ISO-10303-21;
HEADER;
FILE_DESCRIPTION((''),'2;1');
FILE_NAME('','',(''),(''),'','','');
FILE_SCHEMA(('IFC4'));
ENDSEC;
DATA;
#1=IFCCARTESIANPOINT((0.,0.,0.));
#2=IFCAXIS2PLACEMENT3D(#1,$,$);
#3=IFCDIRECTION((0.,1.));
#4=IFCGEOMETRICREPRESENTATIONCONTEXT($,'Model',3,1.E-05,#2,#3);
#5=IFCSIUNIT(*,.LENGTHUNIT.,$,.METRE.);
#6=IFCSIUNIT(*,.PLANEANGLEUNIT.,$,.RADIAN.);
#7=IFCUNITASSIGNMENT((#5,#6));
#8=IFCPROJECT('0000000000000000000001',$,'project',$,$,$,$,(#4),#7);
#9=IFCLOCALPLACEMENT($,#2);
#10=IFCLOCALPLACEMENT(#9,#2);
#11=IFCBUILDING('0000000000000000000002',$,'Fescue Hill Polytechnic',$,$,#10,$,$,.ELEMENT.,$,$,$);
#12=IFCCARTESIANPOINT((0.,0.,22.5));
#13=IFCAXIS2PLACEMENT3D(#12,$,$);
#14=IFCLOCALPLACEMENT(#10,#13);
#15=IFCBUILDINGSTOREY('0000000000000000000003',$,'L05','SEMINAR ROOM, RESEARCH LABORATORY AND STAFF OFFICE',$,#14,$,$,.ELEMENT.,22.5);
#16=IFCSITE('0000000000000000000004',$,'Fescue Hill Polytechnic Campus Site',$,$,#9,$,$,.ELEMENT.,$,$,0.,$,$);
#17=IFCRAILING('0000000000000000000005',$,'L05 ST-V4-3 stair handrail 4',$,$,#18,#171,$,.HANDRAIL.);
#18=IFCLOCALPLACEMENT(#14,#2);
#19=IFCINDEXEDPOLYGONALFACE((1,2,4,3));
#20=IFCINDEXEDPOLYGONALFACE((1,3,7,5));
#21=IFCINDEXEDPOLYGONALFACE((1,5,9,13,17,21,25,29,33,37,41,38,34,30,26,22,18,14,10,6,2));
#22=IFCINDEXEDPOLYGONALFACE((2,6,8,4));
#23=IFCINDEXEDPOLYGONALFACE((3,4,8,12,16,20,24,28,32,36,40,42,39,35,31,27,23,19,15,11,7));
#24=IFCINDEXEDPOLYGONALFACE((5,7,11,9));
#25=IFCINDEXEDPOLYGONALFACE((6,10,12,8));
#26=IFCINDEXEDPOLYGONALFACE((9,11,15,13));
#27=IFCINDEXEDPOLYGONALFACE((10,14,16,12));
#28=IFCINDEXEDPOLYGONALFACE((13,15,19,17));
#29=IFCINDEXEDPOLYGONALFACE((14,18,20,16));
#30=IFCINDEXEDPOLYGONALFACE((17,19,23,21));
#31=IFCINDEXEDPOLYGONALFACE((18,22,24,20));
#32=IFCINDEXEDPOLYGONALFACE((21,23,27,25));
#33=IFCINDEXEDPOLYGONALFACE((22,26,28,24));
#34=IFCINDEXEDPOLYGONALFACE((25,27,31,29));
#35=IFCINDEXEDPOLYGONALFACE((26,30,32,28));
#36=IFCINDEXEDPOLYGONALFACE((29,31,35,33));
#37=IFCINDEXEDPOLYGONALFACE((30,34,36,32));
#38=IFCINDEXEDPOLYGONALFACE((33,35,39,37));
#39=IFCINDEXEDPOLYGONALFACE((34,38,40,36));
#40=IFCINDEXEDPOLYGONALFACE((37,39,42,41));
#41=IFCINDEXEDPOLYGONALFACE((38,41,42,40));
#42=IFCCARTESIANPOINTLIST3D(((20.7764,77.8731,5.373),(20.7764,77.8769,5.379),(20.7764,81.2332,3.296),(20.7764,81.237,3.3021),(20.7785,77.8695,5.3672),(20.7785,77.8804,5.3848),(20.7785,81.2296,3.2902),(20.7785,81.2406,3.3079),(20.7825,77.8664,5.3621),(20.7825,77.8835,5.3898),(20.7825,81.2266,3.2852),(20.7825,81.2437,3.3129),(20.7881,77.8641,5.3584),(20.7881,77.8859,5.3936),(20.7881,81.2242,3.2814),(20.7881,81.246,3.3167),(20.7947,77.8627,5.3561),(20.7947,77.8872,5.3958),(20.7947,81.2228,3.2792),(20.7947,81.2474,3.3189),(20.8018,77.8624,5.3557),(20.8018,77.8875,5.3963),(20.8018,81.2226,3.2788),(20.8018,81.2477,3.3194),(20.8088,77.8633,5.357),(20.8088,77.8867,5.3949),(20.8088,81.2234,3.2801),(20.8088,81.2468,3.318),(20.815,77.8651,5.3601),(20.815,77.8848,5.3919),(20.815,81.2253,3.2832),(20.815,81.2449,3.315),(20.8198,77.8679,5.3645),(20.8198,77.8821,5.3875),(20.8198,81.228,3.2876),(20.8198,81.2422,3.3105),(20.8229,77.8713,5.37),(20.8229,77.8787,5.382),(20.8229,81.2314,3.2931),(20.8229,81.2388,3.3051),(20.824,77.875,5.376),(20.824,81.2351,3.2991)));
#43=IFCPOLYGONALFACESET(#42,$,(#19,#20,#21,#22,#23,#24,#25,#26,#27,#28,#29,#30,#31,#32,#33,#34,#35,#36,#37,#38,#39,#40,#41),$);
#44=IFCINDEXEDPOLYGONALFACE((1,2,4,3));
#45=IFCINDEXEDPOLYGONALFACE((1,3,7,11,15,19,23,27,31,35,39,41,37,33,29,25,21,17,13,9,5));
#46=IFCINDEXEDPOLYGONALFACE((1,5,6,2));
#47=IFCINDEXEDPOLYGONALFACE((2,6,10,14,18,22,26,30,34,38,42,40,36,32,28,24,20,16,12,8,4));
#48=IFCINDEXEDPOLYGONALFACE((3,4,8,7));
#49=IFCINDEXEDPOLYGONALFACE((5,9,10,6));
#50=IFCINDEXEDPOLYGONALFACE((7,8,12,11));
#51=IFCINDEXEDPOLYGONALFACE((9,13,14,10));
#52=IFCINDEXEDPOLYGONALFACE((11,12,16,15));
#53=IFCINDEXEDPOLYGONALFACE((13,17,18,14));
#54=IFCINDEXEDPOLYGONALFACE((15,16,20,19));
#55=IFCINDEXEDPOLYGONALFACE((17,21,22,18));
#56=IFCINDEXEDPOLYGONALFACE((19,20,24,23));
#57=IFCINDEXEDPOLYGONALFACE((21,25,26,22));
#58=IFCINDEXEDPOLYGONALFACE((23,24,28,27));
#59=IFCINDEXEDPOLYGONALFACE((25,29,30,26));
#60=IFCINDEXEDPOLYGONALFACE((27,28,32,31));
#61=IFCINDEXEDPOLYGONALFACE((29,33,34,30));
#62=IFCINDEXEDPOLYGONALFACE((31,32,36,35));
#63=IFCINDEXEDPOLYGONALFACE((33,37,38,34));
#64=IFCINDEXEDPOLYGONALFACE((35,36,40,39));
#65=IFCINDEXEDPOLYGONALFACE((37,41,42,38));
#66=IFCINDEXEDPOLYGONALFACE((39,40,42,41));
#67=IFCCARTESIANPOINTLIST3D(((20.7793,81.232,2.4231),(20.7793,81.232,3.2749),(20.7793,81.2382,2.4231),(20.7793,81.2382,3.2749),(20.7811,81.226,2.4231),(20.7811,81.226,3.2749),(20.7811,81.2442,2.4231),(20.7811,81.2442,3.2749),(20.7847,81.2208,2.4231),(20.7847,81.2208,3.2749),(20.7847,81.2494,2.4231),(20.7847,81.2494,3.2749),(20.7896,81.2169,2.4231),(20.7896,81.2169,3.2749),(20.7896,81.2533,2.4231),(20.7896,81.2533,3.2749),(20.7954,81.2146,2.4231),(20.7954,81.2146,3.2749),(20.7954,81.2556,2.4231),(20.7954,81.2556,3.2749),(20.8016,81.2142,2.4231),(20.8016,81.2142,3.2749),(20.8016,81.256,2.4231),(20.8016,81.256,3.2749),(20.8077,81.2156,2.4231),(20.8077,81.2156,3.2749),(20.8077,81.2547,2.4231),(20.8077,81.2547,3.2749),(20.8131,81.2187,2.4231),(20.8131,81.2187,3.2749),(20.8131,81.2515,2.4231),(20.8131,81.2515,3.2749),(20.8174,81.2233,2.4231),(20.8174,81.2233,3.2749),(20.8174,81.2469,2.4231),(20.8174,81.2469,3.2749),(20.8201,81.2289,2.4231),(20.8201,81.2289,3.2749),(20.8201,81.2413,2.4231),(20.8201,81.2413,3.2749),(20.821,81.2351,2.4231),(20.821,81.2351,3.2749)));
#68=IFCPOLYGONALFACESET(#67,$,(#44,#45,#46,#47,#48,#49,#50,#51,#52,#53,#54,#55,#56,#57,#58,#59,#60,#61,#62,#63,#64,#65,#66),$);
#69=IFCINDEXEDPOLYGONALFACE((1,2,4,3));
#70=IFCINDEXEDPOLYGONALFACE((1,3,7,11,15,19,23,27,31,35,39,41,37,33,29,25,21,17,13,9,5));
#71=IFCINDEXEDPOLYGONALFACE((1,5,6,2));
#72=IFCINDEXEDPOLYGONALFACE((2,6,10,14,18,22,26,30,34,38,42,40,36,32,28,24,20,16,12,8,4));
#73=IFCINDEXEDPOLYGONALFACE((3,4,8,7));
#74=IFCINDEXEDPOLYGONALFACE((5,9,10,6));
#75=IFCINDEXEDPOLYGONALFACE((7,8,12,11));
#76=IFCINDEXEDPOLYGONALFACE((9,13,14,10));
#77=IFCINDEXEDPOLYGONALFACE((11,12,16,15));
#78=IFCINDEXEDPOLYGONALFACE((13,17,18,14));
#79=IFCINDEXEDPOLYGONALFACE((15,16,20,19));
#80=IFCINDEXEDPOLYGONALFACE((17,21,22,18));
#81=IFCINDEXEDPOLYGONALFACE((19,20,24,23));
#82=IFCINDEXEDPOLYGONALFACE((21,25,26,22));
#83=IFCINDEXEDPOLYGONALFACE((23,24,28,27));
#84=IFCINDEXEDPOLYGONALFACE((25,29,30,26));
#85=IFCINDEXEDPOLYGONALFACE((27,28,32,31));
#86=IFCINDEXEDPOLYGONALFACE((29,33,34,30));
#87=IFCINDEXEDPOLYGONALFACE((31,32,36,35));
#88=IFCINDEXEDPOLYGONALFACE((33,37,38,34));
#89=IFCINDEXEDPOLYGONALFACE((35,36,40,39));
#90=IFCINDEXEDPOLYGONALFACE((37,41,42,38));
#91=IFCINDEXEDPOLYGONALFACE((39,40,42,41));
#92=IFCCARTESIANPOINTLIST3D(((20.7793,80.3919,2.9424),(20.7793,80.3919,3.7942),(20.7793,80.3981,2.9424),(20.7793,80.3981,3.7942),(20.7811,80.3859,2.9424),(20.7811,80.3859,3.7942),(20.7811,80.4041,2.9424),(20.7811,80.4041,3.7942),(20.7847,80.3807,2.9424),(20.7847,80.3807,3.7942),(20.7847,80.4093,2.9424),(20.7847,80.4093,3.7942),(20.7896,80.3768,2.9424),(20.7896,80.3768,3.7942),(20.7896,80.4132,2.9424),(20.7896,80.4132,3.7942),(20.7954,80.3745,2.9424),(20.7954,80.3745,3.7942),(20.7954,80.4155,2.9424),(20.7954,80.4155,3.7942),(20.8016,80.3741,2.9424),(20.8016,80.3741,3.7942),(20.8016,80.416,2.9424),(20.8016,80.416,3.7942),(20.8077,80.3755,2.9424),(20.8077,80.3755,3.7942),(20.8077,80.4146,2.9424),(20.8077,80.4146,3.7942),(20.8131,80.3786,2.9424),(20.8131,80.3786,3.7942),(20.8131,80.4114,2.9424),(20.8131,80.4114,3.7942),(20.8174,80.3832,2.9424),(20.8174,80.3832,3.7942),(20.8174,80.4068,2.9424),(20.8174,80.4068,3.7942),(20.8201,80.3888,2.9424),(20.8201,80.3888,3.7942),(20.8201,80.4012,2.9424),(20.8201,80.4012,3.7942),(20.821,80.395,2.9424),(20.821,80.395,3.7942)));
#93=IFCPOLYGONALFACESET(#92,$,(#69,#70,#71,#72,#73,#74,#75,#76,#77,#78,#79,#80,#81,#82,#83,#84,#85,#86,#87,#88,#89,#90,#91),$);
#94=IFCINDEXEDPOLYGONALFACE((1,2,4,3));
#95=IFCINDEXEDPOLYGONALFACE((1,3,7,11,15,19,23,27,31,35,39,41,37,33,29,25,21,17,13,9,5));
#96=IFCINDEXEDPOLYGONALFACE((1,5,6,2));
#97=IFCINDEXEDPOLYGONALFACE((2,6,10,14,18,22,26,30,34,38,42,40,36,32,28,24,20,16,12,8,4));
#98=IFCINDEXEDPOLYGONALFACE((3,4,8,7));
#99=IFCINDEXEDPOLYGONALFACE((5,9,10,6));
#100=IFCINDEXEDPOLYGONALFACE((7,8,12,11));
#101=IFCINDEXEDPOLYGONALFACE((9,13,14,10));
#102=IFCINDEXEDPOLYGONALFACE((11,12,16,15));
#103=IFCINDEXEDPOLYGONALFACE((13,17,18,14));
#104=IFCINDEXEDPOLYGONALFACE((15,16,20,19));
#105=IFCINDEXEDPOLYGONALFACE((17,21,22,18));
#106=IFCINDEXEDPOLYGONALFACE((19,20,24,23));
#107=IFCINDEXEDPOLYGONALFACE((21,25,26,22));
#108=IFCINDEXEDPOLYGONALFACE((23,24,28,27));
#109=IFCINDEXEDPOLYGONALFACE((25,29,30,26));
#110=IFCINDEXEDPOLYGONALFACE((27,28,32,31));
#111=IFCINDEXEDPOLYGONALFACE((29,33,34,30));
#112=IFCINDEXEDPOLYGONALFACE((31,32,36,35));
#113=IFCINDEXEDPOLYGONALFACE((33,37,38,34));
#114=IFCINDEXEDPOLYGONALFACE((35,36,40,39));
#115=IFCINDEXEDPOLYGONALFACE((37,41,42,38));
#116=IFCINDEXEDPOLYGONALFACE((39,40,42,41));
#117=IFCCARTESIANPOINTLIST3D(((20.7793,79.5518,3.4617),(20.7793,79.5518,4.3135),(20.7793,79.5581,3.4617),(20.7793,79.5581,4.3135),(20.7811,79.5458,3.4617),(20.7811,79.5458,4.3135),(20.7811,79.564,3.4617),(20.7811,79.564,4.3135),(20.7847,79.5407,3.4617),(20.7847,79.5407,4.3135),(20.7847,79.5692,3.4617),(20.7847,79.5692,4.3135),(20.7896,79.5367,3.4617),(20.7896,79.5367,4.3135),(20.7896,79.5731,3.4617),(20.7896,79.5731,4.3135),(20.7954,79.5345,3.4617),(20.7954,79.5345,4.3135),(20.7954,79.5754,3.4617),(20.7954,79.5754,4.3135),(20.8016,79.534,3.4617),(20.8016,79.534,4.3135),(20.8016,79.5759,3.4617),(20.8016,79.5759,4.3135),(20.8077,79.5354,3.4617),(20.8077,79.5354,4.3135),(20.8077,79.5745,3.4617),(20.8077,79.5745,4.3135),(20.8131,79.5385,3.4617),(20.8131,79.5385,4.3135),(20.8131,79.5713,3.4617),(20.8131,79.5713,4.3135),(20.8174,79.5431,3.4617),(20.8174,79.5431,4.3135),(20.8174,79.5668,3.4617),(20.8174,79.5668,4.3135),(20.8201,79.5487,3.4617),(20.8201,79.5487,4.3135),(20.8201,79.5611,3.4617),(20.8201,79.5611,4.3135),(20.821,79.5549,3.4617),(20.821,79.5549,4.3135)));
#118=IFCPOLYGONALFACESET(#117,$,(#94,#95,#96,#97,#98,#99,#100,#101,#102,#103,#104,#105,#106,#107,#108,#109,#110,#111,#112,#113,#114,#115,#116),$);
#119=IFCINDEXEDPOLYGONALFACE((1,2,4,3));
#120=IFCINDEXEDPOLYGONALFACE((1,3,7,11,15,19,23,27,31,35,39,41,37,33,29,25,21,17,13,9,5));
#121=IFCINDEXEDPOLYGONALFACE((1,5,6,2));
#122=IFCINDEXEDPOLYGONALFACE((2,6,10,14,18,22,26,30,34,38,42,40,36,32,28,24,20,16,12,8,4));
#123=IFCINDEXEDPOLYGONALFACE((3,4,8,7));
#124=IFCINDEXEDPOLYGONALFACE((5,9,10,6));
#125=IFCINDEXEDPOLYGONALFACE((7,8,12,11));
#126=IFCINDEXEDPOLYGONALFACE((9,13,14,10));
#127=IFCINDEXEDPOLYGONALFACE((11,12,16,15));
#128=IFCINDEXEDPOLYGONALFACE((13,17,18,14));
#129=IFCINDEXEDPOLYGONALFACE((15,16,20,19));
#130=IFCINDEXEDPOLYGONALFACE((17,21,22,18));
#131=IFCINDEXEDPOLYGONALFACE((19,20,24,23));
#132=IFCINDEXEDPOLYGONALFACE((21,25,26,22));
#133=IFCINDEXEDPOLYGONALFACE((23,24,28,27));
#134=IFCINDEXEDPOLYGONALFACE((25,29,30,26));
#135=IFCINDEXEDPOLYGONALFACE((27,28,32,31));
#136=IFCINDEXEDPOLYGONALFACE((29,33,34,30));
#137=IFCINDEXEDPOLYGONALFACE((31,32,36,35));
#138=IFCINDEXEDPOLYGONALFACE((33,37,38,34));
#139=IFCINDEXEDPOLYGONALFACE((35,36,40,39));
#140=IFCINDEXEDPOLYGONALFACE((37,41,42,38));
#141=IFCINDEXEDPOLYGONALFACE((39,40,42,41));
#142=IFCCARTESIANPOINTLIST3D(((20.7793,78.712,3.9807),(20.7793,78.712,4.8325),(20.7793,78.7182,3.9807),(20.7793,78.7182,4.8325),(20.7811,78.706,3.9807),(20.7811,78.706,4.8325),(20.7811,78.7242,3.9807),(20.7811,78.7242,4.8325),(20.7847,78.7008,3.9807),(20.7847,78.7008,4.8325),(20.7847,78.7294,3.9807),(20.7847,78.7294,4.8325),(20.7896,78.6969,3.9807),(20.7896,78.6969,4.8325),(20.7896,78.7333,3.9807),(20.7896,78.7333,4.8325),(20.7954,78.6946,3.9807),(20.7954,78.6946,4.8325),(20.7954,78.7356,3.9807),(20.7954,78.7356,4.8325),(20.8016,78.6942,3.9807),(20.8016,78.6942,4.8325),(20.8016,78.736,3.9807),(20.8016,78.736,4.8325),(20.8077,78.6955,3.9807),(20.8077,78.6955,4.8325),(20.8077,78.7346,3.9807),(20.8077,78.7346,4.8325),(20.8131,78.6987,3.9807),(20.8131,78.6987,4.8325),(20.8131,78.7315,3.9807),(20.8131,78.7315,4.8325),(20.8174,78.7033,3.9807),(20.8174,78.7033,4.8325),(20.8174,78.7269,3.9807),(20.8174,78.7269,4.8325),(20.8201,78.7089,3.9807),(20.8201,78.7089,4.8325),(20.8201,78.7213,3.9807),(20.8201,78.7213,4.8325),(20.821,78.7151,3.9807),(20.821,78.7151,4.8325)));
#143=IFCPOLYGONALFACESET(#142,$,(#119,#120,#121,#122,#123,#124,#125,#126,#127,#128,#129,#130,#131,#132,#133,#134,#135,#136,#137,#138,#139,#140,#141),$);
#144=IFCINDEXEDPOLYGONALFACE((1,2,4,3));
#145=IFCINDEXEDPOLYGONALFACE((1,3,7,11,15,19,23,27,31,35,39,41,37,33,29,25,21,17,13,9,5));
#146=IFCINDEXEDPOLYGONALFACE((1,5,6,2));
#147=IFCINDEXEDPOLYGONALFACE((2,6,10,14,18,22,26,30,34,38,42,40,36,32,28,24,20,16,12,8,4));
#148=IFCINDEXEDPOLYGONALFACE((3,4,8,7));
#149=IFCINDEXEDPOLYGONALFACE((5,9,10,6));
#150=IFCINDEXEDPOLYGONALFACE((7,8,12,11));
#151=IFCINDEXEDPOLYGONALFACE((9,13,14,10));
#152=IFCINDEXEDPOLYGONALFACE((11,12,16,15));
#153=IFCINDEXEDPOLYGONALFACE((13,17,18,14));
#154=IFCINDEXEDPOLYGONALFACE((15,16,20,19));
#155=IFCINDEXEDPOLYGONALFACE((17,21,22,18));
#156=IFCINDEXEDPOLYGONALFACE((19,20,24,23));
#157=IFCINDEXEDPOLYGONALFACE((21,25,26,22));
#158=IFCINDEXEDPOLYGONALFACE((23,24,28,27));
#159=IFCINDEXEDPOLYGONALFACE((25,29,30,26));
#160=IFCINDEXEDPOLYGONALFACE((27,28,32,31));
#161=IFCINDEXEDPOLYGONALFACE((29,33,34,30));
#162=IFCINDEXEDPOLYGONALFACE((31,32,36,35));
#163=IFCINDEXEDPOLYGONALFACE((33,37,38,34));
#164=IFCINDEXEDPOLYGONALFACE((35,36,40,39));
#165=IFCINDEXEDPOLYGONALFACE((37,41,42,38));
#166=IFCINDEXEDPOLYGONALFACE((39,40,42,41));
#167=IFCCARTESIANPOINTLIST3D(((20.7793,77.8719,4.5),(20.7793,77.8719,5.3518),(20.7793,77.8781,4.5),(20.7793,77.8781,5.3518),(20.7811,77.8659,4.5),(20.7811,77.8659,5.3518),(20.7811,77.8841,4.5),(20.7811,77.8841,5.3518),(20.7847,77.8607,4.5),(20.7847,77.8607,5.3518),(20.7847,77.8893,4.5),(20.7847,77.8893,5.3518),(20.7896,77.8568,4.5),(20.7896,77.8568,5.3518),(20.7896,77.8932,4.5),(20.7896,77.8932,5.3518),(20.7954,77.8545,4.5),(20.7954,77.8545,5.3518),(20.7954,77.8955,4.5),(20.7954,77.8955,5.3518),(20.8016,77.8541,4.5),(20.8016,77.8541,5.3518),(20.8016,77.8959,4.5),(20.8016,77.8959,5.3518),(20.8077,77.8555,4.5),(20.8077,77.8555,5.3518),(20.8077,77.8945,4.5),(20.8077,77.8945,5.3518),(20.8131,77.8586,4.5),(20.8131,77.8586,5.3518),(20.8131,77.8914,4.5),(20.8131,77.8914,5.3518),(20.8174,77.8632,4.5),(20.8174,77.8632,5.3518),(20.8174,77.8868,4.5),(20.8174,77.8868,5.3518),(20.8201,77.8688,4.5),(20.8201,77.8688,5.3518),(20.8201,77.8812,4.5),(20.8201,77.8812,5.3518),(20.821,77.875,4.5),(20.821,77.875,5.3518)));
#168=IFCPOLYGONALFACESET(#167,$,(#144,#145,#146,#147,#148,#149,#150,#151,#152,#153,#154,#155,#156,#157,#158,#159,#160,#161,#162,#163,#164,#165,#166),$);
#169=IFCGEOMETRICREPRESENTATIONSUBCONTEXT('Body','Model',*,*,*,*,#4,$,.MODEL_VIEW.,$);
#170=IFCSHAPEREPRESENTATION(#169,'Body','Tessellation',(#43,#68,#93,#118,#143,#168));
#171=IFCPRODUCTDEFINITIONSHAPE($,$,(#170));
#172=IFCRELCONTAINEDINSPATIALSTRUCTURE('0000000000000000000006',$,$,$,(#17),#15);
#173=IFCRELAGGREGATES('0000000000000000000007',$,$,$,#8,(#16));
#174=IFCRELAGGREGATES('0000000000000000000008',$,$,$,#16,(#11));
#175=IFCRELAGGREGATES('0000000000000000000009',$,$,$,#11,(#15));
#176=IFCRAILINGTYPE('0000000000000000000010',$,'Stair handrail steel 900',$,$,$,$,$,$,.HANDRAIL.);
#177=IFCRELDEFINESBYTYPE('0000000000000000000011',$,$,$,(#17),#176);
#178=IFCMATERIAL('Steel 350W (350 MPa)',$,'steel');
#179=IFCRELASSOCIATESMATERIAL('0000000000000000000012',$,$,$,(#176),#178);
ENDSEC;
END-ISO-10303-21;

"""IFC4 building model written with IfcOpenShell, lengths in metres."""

from ifc_helpers import new_model, si_unit, direction, frame, origin, origin_2d, place, context, subcontext, project, spatial, circle, extrude, material, type_object, element, save


model = new_model("IFC4")

# Units and contexts
model_context = context("Model", 3, precision=1e-05, world=origin(), true_north=direction((0.0, 1.0)))
body_context = subcontext(model_context, "Body", "Model", "MODEL_VIEW")
ifc_project = project(units=[si_unit("LENGTHUNIT", "METRE"), si_unit("PLANEANGLEUNIT", "RADIAN")], contexts=[model_context])

# Site, building, storey
site_placement = place(None, origin())
site = spatial("IfcSite", under=ifc_project, at=site_placement, Name="Fescue Hill Polytechnic Campus Site", CompositionType="ELEMENT", RefElevation=0.0)
building_placement = place(site_placement, origin())
building = spatial("IfcBuilding", under=site, at=building_placement, Name="Fescue Hill Polytechnic", CompositionType="ELEMENT")
storey_placement = place(building_placement, frame((0.0, 0.0, 22.5)))
storey = spatial("IfcBuildingStorey", under=building, at=storey_placement, Name="L05", Description="SEMINAR ROOM, RESEARCH LABORATORY AND STAFF OFFICE", CompositionType="ELEMENT", Elevation=22.5)

# Railing
ifc_material_1 = material(Name="Steel 350W (350 MPa)", Category="steel")
railing_type_1 = type_object("IfcRailingType", Name="Stair handrail steel 900", PredefinedType="HANDRAIL", material=ifc_material_1)
railing_1_placement = place(storey_placement, frame((20.8, 81.2351, 2.4231)))
element("IfcRailing", 1, at=railing_1_placement, inside=storey, type_object=railing_type_1, Name="L05 ST-V4-3 stair handrail 4", PredefinedType="HANDRAIL", context=body_context, shape_type="SweptSolid", body=[
    extrude(circle(Radius=0.0239, at=origin_2d()), frame((0.0, 0.0, 0.876), z_axis=(0.0, -0.850623, 0.525776), x_axis=(1.0, 0.0, 0.0)), (0.0, 0.0, 1.0), 3.9502),
    extrude(circle(Radius=0.021, at=origin_2d()), origin(), (0.0, 0.0, 1.0), 0.8518),
    extrude(circle(Radius=0.021, at=origin_2d()), frame((0.0, -0.8401, 0.5193)), (0.0, 0.0, 1.0), 0.8518),
    extrude(circle(Radius=0.021, at=origin_2d()), frame((0.0, -1.6802, 1.0386)), (0.0, 0.0, 1.0), 0.8518),
    extrude(circle(Radius=0.021, at=origin_2d()), frame((0.0, -2.52, 1.5576)), (0.0, 0.0, 1.0), 0.8518),
    extrude(circle(Radius=0.021, at=origin_2d()), frame((0.0, -3.3601, 2.0769)), (0.0, 0.0, 1.0), 0.8518),
])

save(model, "model.ifc")
